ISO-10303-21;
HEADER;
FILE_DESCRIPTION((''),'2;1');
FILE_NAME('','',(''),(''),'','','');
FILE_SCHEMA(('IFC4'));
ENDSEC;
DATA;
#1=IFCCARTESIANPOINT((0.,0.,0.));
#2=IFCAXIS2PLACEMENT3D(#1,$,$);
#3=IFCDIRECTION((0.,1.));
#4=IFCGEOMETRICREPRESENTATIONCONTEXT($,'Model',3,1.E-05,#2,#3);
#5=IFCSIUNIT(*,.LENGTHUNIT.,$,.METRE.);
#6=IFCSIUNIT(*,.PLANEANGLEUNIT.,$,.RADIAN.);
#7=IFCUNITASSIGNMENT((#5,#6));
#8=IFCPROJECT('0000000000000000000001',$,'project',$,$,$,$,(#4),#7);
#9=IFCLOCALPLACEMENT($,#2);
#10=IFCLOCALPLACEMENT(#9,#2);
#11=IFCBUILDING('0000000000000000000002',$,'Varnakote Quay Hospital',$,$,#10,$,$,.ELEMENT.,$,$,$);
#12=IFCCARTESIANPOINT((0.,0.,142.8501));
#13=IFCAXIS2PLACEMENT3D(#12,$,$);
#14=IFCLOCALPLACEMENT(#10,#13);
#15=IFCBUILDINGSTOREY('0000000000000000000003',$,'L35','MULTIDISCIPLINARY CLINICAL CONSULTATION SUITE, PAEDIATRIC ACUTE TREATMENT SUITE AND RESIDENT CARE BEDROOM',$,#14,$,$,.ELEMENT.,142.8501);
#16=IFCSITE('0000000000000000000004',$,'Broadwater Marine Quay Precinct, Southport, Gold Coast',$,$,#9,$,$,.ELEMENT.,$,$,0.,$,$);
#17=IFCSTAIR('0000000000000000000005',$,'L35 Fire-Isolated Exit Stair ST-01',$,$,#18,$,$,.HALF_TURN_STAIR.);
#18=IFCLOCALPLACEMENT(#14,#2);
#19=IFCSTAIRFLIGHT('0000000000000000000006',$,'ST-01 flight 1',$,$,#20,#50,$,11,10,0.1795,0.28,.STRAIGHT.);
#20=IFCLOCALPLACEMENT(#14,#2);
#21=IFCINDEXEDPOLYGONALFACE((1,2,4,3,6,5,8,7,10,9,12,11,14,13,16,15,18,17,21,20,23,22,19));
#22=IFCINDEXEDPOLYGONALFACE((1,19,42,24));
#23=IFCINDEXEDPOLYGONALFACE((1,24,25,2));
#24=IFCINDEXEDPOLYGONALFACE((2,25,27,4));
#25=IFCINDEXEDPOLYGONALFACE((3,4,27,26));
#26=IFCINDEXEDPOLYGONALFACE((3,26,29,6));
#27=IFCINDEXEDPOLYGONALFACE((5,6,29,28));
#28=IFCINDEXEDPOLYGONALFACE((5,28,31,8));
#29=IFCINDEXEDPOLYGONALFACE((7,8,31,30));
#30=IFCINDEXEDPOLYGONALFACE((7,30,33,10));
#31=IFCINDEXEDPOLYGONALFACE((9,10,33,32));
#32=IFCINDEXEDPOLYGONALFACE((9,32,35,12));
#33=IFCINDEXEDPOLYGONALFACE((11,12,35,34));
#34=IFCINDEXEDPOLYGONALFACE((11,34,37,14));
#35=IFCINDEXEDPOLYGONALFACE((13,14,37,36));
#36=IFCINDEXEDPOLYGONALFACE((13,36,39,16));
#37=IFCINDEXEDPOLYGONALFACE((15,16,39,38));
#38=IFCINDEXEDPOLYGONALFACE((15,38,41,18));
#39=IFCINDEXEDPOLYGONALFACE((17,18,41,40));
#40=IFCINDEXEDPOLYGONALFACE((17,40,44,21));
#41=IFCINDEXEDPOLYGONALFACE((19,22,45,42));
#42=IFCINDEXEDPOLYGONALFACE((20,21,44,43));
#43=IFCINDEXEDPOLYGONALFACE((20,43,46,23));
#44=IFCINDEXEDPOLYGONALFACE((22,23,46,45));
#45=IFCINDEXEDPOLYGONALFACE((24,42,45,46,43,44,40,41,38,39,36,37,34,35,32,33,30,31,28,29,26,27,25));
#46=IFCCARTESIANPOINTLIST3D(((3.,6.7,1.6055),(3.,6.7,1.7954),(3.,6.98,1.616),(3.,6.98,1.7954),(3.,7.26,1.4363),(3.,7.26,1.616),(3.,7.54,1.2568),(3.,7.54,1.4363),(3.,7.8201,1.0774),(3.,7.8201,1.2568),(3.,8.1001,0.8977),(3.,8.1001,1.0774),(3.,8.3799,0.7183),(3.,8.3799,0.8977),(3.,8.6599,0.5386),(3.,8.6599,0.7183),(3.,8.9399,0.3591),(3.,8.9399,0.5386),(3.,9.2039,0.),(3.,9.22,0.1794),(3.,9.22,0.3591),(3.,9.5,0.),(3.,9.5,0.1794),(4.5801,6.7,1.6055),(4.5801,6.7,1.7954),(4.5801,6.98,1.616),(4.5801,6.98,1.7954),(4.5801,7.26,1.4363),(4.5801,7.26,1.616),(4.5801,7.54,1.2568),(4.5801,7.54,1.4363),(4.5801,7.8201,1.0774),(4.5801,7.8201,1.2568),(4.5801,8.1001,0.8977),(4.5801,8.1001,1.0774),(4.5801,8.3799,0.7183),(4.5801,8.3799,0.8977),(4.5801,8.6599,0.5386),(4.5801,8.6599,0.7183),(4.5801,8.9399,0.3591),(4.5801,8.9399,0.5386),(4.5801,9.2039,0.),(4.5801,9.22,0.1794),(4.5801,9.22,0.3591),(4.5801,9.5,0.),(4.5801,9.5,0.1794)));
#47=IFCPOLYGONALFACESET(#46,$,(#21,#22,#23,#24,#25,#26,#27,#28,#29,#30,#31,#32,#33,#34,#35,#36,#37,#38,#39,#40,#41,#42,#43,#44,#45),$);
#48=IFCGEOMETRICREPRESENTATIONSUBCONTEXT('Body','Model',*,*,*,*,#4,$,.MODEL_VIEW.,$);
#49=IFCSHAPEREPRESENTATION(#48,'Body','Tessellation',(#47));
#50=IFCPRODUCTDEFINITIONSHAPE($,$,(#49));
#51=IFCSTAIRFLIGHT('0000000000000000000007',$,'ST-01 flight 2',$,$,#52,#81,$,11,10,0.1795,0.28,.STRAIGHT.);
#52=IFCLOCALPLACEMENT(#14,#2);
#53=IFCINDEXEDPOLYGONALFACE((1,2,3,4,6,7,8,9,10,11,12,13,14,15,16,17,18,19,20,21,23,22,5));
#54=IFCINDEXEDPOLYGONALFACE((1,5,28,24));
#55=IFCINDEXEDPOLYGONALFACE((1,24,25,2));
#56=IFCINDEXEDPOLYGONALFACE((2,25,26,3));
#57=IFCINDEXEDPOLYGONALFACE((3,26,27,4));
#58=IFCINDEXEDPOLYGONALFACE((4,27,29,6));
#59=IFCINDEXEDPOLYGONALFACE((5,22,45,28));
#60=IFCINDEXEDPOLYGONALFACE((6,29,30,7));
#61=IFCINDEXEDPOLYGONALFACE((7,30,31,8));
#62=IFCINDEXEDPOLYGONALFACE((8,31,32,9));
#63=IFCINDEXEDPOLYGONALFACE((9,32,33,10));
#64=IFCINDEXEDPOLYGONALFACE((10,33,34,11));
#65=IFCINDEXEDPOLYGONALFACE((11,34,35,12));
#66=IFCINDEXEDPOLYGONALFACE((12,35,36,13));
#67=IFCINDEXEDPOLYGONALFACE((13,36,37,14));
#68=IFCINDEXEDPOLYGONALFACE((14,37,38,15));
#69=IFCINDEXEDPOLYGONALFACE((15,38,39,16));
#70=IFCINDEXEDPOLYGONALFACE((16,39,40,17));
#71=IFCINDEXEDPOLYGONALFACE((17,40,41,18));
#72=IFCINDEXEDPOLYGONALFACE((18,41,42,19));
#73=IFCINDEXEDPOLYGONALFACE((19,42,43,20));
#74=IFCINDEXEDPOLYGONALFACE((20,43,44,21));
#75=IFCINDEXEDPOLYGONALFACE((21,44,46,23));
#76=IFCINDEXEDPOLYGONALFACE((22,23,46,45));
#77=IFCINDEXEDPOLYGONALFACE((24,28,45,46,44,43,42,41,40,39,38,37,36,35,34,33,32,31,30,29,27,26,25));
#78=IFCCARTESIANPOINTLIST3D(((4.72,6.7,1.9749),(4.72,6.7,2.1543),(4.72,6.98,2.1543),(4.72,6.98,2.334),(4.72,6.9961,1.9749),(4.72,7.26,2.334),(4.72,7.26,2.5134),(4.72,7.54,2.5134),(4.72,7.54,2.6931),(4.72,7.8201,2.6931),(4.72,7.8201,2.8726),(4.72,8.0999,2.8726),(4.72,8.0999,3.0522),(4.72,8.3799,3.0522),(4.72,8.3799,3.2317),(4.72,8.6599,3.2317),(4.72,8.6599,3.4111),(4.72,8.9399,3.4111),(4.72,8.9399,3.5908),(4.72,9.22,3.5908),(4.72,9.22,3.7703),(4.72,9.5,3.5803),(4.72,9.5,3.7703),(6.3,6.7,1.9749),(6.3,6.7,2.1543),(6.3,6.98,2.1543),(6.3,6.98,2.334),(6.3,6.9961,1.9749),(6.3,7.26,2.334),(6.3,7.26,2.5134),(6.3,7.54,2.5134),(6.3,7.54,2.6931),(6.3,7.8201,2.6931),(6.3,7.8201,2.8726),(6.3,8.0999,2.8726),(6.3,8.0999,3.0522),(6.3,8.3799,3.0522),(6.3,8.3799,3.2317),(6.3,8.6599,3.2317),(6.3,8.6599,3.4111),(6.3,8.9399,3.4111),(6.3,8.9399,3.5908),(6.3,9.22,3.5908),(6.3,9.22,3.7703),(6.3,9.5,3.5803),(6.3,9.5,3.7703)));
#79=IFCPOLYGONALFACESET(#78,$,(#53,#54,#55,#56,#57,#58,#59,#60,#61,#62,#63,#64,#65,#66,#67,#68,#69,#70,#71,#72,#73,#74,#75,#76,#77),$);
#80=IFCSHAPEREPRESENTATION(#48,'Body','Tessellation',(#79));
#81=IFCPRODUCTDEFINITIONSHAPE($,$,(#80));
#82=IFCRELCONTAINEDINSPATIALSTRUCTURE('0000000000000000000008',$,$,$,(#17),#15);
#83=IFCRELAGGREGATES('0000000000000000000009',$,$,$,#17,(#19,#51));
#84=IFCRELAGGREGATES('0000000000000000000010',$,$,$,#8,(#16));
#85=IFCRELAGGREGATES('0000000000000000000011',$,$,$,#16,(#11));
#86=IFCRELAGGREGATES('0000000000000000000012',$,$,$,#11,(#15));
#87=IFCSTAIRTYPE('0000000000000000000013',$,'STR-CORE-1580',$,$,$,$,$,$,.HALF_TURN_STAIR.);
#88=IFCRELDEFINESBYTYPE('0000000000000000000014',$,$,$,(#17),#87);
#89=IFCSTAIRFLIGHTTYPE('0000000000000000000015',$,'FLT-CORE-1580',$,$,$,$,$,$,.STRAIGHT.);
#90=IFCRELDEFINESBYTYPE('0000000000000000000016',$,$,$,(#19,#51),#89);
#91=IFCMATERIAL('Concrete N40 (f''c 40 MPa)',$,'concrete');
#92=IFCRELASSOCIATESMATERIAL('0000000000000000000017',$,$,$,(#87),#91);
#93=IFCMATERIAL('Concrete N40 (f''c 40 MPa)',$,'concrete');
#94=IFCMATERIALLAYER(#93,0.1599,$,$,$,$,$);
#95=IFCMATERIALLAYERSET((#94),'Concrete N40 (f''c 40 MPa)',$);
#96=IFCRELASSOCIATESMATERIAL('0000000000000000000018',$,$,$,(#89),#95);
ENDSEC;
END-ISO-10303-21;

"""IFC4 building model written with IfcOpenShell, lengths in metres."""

from ifc_helpers import new_model, si_unit, direction, frame, origin, place, context, subcontext, project, spatial, polyline, outline, extrude, material, layer, layer_set, type_object, element, aggregate, save


model = new_model("IFC4")

# Units and contexts
model_context = context("Model", 3, precision=1e-05, world=origin(), true_north=direction((0.0, 1.0)))
body_context = subcontext(model_context, "Body", "Model", "MODEL_VIEW")
ifc_project = project(units=[si_unit("LENGTHUNIT", "METRE"), si_unit("PLANEANGLEUNIT", "RADIAN")], contexts=[model_context])

# Site, building, storey
site_placement = place(None, origin())
site = spatial("IfcSite", under=ifc_project, at=site_placement, Name="Broadwater Marine Quay Precinct, Southport, Gold Coast", CompositionType="ELEMENT", RefElevation=0.0)
building_placement = place(site_placement, origin())
building = spatial("IfcBuilding", under=site, at=building_placement, Name="Varnakote Quay Hospital", CompositionType="ELEMENT")
storey_placement = place(building_placement, frame((0.0, 0.0, 142.8501)))
storey = spatial("IfcBuildingStorey", under=building, at=storey_placement, Name="L35", Description="MULTIDISCIPLINARY CLINICAL CONSULTATION SUITE, PAEDIATRIC ACUTE TREATMENT SUITE AND RESIDENT CARE BEDROOM", CompositionType="ELEMENT", Elevation=142.8501)

# Stair, stair flights
ifc_material_1 = material(Name="Concrete N40 (f'c 40 MPa)", Category="concrete")
stair_type = type_object("IfcStairType", Name="STR-CORE-1580", PredefinedType="HALF_TURN_STAIR", material=ifc_material_1)
stair_placement = place(storey_placement, origin())
stair = element("IfcStair", 1, at=stair_placement, inside=storey, type_object=stair_type, Name="L35 Fire-Isolated Exit Stair ST-01", PredefinedType="HALF_TURN_STAIR")
ifc_material_2 = material(Name="Concrete N40 (f'c 40 MPa)", Category="concrete")
ifc_layer_1 = layer(ifc_material_2, 0.1599)
ifc_layer_set_1 = layer_set([ifc_layer_1], Name="Concrete N40 (f'c 40 MPa)")
stair_flight_type = type_object("IfcStairFlightType", Name="FLT-CORE-1580", PredefinedType="STRAIGHT", material=ifc_layer_set_1)
stair_flight_1_placement = place(storey_placement, frame((3.79, 9.5, 0.0), z_axis=(0.0, 0.0, 1.0), x_axis=(0.0, -1.0, 0.0)))
stair_flight_1 = element("IfcStairFlight", 2, at=stair_flight_1_placement, type_object=stair_flight_type, Name="ST-01 flight 1", NumberOfRisers=11, NumberOfTreads=10, PredefinedType="STRAIGHT", RiserHeight=0.1795, TreadLength=0.28, context=body_context, shape_type="SweptSolid", body=[
    extrude(outline(polyline([(0.0, 0.0), (0.0, 0.1794), (0.28, 0.1794), (0.28, 0.3591), (0.5601, 0.3591), (0.5601, 0.5386), (0.8401, 0.5386), (0.8401, 0.7183), (1.1201, 0.7183), (1.1201, 0.8977), (1.3999, 0.8977), (1.3999, 1.0774), (1.6799, 1.0774), (1.6799, 1.2568), (1.96, 1.2568), (1.96, 1.4363), (2.24, 1.4363), (2.24, 1.616), (2.52, 1.616), (2.52, 1.7954), (2.8, 1.7954), (2.8, 1.9751), (2.8, 1.6055), (0.2961, 0.0), (0.0, 0.0)])), frame((0.0, 0.79, 0.0), z_axis=(0.0, -1.0, 0.0), x_axis=(1.0, 0.0, 0.0)), (0.0, 0.0, 1.0), 1.5801),
])
stair_flight_2_placement = place(storey_placement, frame((5.51, 6.7, 1.9749), z_axis=(0.0, 0.0, 1.0), x_axis=(0.0, 1.0, 0.0)))
stair_flight_2 = element("IfcStairFlight", 3, at=stair_flight_2_placement, type_object=stair_flight_type, Name="ST-01 flight 2", NumberOfRisers=11, NumberOfTreads=10, PredefinedType="STRAIGHT", RiserHeight=0.1795, TreadLength=0.28, context=body_context, shape_type="SweptSolid", body=[
    extrude(outline(polyline([(0.0, 0.0), (0.0, 0.1794), (0.28, 0.1794), (0.28, 0.3591), (0.5601, 0.3591), (0.5601, 0.5386), (0.8401, 0.5386), (0.8401, 0.7183), (1.1201, 0.7183), (1.1201, 0.8977), (1.3999, 0.8977), (1.3999, 1.0774), (1.6799, 1.0774), (1.6799, 1.2568), (1.96, 1.2568), (1.96, 1.4363), (2.24, 1.4363), (2.24, 1.616), (2.52, 1.616), (2.52, 1.7954), (2.8, 1.7954), (2.8, 1.9751), (2.8, 1.6055), (0.2961, 0.0), (0.0, 0.0)])), frame((0.0, 0.79, 0.0), z_axis=(0.0, -1.0, 0.0), x_axis=(1.0, 0.0, 0.0)), (0.0, 0.0, 1.0), 1.5801),
])
aggregate(stair, [stair_flight_1, stair_flight_2])

save(model, "model.ifc")
